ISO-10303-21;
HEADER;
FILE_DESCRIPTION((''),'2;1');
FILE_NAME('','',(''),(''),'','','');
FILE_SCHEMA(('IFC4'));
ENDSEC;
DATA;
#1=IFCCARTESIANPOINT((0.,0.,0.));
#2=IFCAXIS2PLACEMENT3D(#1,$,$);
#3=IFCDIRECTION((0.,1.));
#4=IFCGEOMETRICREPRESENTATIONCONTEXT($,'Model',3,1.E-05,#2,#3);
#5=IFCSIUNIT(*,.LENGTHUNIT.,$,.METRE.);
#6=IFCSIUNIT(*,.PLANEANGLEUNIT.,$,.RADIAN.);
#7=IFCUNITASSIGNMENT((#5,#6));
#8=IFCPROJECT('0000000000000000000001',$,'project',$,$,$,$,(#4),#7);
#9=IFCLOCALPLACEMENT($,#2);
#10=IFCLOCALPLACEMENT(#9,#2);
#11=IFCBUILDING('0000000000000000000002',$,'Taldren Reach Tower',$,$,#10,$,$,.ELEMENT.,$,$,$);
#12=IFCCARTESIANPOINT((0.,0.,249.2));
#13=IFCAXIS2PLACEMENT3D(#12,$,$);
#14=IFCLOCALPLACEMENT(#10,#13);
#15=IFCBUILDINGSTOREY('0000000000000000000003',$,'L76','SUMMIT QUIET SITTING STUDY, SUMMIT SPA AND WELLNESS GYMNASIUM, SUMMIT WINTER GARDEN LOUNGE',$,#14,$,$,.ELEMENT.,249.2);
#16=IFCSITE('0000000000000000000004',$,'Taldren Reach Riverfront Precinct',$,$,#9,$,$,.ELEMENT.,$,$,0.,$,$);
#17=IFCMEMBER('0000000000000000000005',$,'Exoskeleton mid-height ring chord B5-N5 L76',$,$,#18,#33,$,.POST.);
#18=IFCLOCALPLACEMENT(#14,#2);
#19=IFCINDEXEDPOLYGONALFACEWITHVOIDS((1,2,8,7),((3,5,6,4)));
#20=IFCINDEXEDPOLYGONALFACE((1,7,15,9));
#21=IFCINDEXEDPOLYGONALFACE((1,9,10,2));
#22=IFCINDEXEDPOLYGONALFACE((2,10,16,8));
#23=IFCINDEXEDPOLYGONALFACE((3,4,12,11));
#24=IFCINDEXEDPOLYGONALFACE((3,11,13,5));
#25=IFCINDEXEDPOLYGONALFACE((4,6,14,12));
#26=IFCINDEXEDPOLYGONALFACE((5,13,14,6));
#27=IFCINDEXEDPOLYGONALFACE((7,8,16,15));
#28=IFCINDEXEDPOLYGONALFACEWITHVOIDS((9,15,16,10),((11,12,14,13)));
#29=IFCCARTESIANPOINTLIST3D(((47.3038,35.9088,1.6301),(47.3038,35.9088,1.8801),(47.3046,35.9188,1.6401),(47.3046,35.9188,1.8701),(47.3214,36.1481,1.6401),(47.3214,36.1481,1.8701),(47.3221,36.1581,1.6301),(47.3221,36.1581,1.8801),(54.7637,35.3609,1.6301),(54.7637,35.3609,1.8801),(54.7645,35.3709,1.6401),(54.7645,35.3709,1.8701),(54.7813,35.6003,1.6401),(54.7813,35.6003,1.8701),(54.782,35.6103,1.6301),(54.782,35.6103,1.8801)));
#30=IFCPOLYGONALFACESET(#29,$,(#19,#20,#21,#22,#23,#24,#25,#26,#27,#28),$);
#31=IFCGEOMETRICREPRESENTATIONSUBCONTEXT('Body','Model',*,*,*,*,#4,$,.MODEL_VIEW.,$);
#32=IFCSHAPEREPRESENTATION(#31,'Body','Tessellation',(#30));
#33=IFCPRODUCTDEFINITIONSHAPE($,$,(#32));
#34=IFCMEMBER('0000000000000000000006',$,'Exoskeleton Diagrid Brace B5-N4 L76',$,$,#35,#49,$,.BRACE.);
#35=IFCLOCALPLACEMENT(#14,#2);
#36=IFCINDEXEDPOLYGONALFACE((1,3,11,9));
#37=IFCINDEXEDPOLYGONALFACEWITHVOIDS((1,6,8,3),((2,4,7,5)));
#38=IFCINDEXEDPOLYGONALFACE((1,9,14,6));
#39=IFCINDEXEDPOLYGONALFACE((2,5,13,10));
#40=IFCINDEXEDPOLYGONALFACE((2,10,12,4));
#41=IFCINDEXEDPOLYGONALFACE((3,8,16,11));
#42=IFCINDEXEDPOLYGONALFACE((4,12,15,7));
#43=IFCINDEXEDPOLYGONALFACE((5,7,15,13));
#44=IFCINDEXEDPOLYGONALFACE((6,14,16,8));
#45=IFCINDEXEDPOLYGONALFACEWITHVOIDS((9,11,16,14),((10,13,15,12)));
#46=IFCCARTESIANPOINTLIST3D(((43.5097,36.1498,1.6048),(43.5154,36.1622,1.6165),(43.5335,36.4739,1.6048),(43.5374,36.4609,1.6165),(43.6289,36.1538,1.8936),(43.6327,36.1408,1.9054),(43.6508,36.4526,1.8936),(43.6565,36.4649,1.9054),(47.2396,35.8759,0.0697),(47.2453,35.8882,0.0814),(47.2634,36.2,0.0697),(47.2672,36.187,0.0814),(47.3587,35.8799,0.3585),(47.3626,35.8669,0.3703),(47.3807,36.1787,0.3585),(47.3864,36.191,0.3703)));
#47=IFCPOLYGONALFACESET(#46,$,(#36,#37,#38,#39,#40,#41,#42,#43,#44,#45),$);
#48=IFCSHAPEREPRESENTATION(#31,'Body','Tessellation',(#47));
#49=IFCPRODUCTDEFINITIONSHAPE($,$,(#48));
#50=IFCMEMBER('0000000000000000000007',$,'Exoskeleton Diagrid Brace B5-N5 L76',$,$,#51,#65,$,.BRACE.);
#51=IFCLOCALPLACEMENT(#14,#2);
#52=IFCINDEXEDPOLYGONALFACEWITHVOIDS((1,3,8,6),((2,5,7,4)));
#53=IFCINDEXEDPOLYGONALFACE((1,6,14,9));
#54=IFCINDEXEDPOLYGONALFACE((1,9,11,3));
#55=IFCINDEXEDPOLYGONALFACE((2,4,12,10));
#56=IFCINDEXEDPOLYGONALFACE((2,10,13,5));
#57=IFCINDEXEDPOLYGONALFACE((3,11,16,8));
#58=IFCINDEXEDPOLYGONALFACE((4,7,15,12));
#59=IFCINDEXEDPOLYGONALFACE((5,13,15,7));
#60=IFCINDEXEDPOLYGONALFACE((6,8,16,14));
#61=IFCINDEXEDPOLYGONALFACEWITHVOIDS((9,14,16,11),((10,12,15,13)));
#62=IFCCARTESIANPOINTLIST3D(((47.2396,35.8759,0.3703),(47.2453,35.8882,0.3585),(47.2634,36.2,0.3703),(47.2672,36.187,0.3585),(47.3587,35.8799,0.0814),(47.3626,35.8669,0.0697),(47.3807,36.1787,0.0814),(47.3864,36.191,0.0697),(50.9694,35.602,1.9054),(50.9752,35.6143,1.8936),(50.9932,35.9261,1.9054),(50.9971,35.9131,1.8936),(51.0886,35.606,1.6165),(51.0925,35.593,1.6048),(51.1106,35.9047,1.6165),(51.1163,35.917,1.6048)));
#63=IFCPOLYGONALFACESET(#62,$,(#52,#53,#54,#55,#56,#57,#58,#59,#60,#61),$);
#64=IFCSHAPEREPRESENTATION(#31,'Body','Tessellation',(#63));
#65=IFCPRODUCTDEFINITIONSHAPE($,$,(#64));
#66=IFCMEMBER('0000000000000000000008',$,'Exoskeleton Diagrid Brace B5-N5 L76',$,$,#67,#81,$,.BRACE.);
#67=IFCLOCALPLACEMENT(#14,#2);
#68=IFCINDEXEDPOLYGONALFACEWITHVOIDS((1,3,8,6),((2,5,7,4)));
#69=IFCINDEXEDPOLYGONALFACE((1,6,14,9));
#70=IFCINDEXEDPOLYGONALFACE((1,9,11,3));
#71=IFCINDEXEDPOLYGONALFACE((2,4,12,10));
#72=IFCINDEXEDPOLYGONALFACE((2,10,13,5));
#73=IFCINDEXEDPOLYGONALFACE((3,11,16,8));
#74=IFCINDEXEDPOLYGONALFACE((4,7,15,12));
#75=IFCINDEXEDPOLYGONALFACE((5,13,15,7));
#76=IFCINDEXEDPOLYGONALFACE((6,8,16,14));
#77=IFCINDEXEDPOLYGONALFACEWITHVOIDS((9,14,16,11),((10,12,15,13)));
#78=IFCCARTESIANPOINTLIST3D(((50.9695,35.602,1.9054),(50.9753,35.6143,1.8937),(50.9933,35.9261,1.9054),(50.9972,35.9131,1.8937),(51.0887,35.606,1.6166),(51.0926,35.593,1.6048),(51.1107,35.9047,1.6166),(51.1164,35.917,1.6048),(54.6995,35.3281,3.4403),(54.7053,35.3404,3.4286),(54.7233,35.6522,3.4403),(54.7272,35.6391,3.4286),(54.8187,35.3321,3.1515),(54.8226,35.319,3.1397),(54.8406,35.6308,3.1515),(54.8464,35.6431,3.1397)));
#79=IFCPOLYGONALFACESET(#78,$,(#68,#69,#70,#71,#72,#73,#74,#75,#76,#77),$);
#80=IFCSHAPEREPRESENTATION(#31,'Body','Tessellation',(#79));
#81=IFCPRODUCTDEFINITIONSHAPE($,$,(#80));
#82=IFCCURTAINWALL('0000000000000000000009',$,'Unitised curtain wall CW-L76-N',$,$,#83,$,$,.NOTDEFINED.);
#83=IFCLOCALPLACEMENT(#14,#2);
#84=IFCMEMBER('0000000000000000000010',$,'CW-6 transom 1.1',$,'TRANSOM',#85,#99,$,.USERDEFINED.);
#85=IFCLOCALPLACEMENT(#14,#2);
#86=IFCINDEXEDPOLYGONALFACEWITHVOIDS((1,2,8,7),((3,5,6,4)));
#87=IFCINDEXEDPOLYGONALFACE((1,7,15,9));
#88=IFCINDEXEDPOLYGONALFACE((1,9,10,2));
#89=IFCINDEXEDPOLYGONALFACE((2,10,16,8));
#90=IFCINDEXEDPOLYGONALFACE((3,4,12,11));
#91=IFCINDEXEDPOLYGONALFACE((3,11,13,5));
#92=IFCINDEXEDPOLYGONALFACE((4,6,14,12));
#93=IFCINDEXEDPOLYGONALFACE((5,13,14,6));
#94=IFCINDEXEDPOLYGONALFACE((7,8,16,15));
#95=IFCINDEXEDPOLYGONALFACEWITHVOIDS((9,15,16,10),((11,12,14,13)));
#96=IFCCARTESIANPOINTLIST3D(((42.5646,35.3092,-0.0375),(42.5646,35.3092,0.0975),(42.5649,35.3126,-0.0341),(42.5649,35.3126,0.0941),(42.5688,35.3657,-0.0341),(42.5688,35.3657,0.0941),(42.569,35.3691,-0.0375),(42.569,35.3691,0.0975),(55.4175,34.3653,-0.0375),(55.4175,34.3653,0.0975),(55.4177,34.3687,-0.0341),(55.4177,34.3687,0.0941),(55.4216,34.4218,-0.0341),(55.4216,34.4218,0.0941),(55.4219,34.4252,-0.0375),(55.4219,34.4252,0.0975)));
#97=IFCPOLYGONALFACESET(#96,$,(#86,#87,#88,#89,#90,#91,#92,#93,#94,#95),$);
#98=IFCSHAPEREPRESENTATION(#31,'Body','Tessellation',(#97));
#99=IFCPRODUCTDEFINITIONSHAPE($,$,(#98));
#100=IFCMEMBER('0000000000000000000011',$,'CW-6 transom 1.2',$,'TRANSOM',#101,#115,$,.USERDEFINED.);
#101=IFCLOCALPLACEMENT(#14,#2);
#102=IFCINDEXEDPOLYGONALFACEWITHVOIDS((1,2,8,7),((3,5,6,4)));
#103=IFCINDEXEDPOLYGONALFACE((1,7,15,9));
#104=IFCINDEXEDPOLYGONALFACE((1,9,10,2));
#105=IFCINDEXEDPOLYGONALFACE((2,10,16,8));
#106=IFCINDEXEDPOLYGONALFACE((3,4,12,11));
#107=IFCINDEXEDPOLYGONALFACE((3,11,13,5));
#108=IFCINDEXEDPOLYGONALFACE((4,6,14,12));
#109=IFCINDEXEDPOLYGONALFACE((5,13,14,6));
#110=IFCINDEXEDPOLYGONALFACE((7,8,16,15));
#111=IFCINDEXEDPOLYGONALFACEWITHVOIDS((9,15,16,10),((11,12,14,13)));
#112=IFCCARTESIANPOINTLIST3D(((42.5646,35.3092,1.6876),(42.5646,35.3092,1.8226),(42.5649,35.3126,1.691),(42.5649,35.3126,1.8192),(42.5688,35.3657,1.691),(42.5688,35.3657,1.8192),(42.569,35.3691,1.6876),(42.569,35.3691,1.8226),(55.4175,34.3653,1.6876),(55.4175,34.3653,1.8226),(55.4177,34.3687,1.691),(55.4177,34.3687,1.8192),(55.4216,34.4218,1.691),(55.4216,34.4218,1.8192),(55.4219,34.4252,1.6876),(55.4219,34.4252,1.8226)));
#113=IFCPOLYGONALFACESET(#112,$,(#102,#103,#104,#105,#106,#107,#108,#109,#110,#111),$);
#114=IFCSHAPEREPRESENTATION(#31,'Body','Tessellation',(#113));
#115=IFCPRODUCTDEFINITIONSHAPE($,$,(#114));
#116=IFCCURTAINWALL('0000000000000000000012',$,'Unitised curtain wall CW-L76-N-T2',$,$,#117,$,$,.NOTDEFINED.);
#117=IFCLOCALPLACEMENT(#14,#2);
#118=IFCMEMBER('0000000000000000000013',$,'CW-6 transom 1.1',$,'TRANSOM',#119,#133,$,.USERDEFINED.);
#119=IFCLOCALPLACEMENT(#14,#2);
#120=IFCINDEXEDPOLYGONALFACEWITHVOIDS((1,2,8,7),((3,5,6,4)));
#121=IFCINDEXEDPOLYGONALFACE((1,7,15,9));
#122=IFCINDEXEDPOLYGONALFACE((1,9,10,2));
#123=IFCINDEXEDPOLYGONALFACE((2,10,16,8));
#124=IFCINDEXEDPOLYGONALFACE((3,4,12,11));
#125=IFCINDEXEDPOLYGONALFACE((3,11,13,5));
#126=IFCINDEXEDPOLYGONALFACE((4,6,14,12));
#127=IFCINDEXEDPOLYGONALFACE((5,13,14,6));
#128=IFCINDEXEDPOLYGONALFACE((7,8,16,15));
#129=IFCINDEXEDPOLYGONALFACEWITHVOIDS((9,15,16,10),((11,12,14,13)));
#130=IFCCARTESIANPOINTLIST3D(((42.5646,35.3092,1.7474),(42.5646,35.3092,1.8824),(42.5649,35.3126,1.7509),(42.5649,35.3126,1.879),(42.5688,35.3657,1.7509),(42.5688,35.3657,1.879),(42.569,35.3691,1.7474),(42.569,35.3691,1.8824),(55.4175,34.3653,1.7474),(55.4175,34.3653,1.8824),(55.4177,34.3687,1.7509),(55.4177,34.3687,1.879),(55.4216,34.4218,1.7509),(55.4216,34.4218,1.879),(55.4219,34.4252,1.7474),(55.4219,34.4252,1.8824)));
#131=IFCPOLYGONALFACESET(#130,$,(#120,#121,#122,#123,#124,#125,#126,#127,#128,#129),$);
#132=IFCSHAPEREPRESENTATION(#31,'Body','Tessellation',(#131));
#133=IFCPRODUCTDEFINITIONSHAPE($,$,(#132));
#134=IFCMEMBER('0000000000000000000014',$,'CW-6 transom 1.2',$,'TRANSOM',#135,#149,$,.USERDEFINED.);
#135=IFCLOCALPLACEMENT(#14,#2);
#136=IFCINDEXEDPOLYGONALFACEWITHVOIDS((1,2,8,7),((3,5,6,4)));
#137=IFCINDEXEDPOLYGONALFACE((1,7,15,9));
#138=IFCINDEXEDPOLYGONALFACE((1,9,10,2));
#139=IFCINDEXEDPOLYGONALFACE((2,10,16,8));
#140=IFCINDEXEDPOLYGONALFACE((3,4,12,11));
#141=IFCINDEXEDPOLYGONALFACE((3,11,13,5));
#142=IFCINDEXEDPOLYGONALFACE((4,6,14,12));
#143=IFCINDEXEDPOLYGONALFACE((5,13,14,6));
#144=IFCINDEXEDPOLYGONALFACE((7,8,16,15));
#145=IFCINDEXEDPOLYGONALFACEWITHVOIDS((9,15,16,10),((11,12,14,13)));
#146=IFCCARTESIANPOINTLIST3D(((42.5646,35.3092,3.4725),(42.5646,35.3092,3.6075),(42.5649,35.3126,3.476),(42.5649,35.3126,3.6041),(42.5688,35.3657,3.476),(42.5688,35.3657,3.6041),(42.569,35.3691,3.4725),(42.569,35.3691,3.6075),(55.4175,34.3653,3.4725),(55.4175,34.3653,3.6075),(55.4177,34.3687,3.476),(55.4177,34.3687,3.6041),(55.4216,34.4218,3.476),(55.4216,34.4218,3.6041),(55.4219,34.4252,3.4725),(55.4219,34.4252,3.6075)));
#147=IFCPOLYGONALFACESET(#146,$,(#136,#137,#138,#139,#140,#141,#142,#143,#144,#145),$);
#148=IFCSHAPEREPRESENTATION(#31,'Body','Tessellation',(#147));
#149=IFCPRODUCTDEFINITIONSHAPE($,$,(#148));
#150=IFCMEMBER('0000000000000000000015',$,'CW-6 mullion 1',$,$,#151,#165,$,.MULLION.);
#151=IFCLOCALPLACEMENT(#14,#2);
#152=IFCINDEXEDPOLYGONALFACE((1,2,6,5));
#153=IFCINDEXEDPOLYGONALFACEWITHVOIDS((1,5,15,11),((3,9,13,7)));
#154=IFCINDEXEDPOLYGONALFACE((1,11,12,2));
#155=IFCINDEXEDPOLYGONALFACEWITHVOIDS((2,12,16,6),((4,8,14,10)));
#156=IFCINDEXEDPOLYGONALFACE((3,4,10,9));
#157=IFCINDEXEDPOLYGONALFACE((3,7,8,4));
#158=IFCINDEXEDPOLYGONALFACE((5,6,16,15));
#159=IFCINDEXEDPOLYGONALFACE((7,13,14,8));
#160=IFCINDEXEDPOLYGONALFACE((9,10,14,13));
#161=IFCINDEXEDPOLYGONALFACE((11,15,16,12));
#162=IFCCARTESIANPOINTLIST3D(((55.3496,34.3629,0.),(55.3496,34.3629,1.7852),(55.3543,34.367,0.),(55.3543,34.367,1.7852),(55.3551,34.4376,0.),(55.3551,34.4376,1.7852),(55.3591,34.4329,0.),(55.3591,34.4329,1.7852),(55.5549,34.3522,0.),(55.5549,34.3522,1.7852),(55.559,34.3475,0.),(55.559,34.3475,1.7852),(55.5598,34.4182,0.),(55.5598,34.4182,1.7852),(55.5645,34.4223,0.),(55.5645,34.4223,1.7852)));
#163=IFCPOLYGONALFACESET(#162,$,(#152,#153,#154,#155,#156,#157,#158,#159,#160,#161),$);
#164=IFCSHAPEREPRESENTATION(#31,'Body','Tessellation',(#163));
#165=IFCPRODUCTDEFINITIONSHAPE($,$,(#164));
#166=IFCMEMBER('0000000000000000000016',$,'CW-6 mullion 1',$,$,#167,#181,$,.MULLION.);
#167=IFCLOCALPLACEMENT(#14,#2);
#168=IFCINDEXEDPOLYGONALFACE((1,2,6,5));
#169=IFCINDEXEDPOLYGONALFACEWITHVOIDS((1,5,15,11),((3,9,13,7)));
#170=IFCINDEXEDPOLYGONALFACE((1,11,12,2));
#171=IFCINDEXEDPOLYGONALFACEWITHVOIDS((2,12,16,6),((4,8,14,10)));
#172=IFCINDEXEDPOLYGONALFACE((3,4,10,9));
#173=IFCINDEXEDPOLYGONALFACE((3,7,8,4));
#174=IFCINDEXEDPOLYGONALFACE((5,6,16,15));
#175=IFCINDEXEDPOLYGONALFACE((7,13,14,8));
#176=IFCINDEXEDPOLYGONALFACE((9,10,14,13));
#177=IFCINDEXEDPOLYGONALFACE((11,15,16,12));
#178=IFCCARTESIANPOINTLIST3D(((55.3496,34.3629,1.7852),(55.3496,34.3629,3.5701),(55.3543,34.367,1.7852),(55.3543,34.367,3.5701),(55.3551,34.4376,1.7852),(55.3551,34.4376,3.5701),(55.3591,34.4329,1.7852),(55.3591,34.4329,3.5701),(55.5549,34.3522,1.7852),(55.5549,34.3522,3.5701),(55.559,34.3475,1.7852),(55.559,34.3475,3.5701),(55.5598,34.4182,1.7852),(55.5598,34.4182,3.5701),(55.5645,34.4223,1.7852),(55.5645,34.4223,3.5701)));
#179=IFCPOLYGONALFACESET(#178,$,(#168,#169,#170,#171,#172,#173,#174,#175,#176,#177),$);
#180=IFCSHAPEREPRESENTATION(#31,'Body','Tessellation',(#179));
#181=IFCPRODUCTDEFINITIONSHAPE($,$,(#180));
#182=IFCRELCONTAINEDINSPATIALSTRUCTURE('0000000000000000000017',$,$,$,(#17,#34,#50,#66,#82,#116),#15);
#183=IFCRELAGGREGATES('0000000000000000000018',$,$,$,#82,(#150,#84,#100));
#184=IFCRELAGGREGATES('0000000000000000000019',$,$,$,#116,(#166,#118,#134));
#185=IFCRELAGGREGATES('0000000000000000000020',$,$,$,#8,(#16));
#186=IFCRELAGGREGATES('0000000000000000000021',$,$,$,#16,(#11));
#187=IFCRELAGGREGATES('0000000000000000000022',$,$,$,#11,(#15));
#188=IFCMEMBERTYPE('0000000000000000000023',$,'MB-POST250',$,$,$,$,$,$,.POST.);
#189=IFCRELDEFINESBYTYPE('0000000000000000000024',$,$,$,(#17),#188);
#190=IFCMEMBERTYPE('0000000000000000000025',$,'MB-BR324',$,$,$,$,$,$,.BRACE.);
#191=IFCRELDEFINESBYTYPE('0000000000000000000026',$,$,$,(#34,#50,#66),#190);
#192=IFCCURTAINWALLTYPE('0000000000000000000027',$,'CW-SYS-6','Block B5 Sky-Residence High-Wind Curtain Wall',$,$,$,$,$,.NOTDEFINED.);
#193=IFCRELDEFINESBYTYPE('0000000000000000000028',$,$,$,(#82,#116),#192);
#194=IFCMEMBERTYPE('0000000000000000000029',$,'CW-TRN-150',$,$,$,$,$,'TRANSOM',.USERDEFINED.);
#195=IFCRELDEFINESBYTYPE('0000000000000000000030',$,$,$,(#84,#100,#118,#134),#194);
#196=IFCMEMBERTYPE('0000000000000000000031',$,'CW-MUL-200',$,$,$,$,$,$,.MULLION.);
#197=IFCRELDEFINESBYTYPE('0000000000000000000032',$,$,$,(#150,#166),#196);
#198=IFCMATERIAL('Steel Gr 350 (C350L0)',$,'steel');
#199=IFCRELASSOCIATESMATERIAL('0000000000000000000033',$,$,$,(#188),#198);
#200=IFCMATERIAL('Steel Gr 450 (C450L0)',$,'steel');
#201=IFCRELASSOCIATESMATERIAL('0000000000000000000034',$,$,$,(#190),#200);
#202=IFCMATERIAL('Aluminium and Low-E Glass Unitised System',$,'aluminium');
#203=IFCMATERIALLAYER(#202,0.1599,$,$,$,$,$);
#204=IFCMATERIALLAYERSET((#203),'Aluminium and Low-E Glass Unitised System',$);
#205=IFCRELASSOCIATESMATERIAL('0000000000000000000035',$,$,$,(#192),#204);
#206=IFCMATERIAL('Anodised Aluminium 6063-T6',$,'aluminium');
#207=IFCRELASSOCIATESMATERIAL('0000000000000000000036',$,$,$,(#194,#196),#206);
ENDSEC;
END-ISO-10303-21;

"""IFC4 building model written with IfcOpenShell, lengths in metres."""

from ifc_helpers import new_model, si_unit, direction, frame, origin, origin_2d, place, context, subcontext, project, spatial, hollow_rectangle, extrude, source, transform, mapped, material, layer, layer_set, material_profile, profile_set, type_object, element, aggregate, save


model = new_model("IFC4")

# Units and contexts
model_context = context("Model", 3, precision=1e-05, world=origin(), true_north=direction((0.0, 1.0)))
body_context = subcontext(model_context, "Body", "Model", "MODEL_VIEW")
ifc_project = project(units=[si_unit("LENGTHUNIT", "METRE"), si_unit("PLANEANGLEUNIT", "RADIAN")], contexts=[model_context])

# Site, building, storey
site_placement = place(None, origin())
site = spatial("IfcSite", under=ifc_project, at=site_placement, Name="Taldren Reach Riverfront Precinct", CompositionType="ELEMENT", RefElevation=0.0)
building_placement = place(site_placement, origin())
building = spatial("IfcBuilding", under=site, at=building_placement, Name="Taldren Reach Tower", CompositionType="ELEMENT")
storey_placement = place(building_placement, frame((0.0, 0.0, 249.2)))
storey = spatial("IfcBuildingStorey", under=building, at=storey_placement, Name="L76", Description="SUMMIT QUIET SITTING STUDY, SUMMIT SPA AND WELLNESS GYMNASIUM, SUMMIT WINTER GARDEN LOUNGE", CompositionType="ELEMENT", Elevation=249.2)

# Shared definitions
ifc_material_1 = material(Name="Steel Gr 350 (C350L0)", Category="steel")

# Shared definitions
ifc_material_profile_1 = material_profile(ifc_material_1, hollow_rectangle(XDim=0.25, YDim=0.25, WallThickness=0.01, at=origin_2d()), Name="250x250x10.0SHS")
ifc_profile_set_1 = profile_set([ifc_material_profile_1], Name="Steel Gr 350 (C350L0)")
member_type_1 = type_object("IfcMemberType", Name="MB-POST250", PredefinedType="POST", material=ifc_profile_set_1)
ifc_material_2 = material(Name="Steel Gr 450 (C450L0)", Category="steel")

# Members
shared_shape_1 = source(origin(), body_context, "Body", "SweptSolid", [
    extrude(hollow_rectangle(XDim=0.25, YDim=0.25, WallThickness=0.01, at=origin_2d()), origin(), (0.0, 0.0, 1.0), 7.48),
])
member_1_placement = place(storey_placement, frame((47.313, 36.0334, 1.7551), z_axis=(0.997314, -0.073242, 0.0), x_axis=(0.073242, 0.997314, 0.0)))
element("IfcMember", 1, at=member_1_placement, inside=storey, type_object=member_type_1, Name="Exoskeleton mid-height ring chord B5-N5 L76", PredefinedType="POST", context=body_context, shape_type="MappedRepresentation", body=[
    mapped(shared_shape_1, transform((0.0, 0.0, 0.0), scale=1.0)),
])
ifc_material_profile_2 = material_profile(ifc_material_2, hollow_rectangle(XDim=0.325, YDim=0.325, WallThickness=0.0127, at=origin_2d()), Name="325x325x12.7SHS")
ifc_profile_set_2 = profile_set([ifc_material_profile_2], Name="Steel Gr 450 (C450L0)")
member_type_2 = type_object("IfcMemberType", Name="MB-BR324", PredefinedType="BRACE", material=ifc_profile_set_2)
shared_shape_2 = source(origin(), body_context, "Body", "SweptSolid", [
    extrude(hollow_rectangle(XDim=0.325, YDim=0.325, WallThickness=0.0127, at=origin_2d()), origin(), (0.0, 0.0, 1.0), 4.0427),
])
for number, where, z_axis, x_axis, name in (
    (2, (47.313, 36.0334, 0.22), (-0.922616, 0.067756, 0.379723), (-0.073242, -0.997314, 0.0), "Exoskeleton Diagrid Brace B5-N4 L76"),
    (3, (47.313, 36.0334, 0.22), (0.922616, -0.067756, 0.379723), (0.073242, 0.997314, 0.0), "Exoskeleton Diagrid Brace B5-N5 L76"),
    (4, (51.043, 35.7595, 1.7551), (0.922637, -0.067757, 0.379671), (0.073242, 0.997314, 0.0), "Exoskeleton Diagrid Brace B5-N5 L76"),
):
    element("IfcMember", number, at=place(storey_placement, frame(where, z_axis=z_axis, x_axis=x_axis)), inside=storey, type_object=member_type_2, Name=name, PredefinedType="BRACE", context=body_context, shape_type="MappedRepresentation", body=[
        mapped(shared_shape_2, transform((0.0, 0.0, 0.0), scale=1.0)),
    ])

# Curtain walls, members
ifc_material_3 = material(Name="Aluminium and Low-E Glass Unitised System", Category="aluminium")
ifc_layer_1 = layer(ifc_material_3, 0.1599)
ifc_layer_set_1 = layer_set([ifc_layer_1], Name="Aluminium and Low-E Glass Unitised System")
curtain_wall_type = type_object("IfcCurtainWallType", Name="CW-SYS-6", Description="Block B5 Sky-Residence High-Wind Curtain Wall", PredefinedType="NOTDEFINED", material=ifc_layer_set_1)
curtain_wall_1_placement = place(storey_placement, origin())
curtain_wall_1 = element("IfcCurtainWall", 5, at=curtain_wall_1_placement, inside=storey, type_object=curtain_wall_type, Name="Unitised curtain wall CW-L76-N", PredefinedType="NOTDEFINED")
ifc_material_4 = material(Name="Anodised Aluminium 6063-T6", Category="aluminium")
ifc_material_profile_3 = material_profile(ifc_material_4, hollow_rectangle(XDim=0.0601, YDim=0.135, WallThickness=0.0034, at=origin_2d()), Name="ALU-135x60x3.5RHS")
ifc_profile_set_3 = profile_set([ifc_material_profile_3], Name="Anodised Aluminium 6063-T6")
member_type_3 = type_object("IfcMemberType", Name="CW-TRN-150", ElementType="TRANSOM", PredefinedType="USERDEFINED", material=ifc_profile_set_3)
shared_shape_3 = source(origin(), body_context, "Body", "SweptSolid", [
    extrude(hollow_rectangle(XDim=0.0601, YDim=0.135, WallThickness=0.0034, at=origin_2d()), origin(), (0.0, 0.0, 1.0), 12.8875),
])
member_2_placement = place(storey_placement, frame((55.4197, 34.3953, 0.03), z_axis=(-0.997314, 0.073238, 0.0), x_axis=(-0.073238, -0.997314, 0.0)))
member_2 = element("IfcMember", 6, at=member_2_placement, type_object=member_type_3, Name="CW-6 transom 1.1", ObjectType="TRANSOM", PredefinedType="USERDEFINED", context=body_context, shape_type="MappedRepresentation", body=[
    mapped(shared_shape_3, transform((0.0, 0.0, 0.0), scale=1.0)),
])
member_3_placement = place(storey_placement, frame((55.4197, 34.3953, 1.7551), z_axis=(-0.997314, 0.073238, 0.0), x_axis=(-0.073238, -0.997314, 0.0)))
member_3 = element("IfcMember", 7, at=member_3_placement, type_object=member_type_3, Name="CW-6 transom 1.2", ObjectType="TRANSOM", PredefinedType="USERDEFINED", context=body_context, shape_type="MappedRepresentation", body=[
    mapped(shared_shape_3, transform((0.0, 0.0, 0.0), scale=1.0)),
])
curtain_wall_2_placement = place(storey_placement, origin())
curtain_wall_2 = element("IfcCurtainWall", 8, at=curtain_wall_2_placement, inside=storey, type_object=curtain_wall_type, Name="Unitised curtain wall CW-L76-N-T2", PredefinedType="NOTDEFINED")
member_4_placement = place(storey_placement, frame((55.4197, 34.3953, 1.8149), z_axis=(-0.997314, 0.073238, 0.0), x_axis=(-0.073238, -0.997314, 0.0)))
member_4 = element("IfcMember", 9, at=member_4_placement, type_object=member_type_3, Name="CW-6 transom 1.1", ObjectType="TRANSOM", PredefinedType="USERDEFINED", context=body_context, shape_type="MappedRepresentation", body=[
    mapped(shared_shape_3, transform((0.0, 0.0, 0.0), scale=1.0)),
])
member_5_placement = place(storey_placement, frame((55.4197, 34.3953, 3.54), z_axis=(-0.997314, 0.073238, 0.0), x_axis=(-0.073238, -0.997314, 0.0)))
member_5 = element("IfcMember", 10, at=member_5_placement, type_object=member_type_3, Name="CW-6 transom 1.2", ObjectType="TRANSOM", PredefinedType="USERDEFINED", context=body_context, shape_type="MappedRepresentation", body=[
    mapped(shared_shape_3, transform((0.0, 0.0, 0.0), scale=1.0)),
])

# Members
ifc_material_profile_4 = material_profile(ifc_material_4, hollow_rectangle(XDim=0.075, YDim=0.21, WallThickness=0.0044, at=origin_2d()), Name="ALU-210x75x4.5RHS")
ifc_profile_set_4 = profile_set([ifc_material_profile_4], Name="Anodised Aluminium 6063-T6")
member_type_4 = type_object("IfcMemberType", Name="CW-MUL-200", PredefinedType="MULLION", material=ifc_profile_set_4)
shared_shape_4 = source(origin(), body_context, "Body", "SweptSolid", [
    extrude(hollow_rectangle(XDim=0.075, YDim=0.21, WallThickness=0.0044, at=origin_2d()), origin(), (0.0, 0.0, 1.0), 1.7852),
])
member_6_placement = place(storey_placement, frame((55.457, 34.3926, 0.0), z_axis=(0.0, 0.0, 1.0), x_axis=(-0.073238, -0.997314, 0.0)))
member_6 = element("IfcMember", 11, at=member_6_placement, type_object=member_type_4, Name="CW-6 mullion 1", PredefinedType="MULLION", context=body_context, shape_type="MappedRepresentation", body=[
    mapped(shared_shape_4, transform((0.0, 0.0, 0.0), scale=1.0)),
])
shared_shape_5 = source(origin(), body_context, "Body", "SweptSolid", [
    extrude(hollow_rectangle(XDim=0.075, YDim=0.21, WallThickness=0.0044, at=origin_2d()), origin(), (0.0, 0.0, 1.0), 1.7849),
])
member_7_placement = place(storey_placement, frame((55.457, 34.3926, 1.7852), z_axis=(0.0, 0.0, 1.0), x_axis=(-0.073238, -0.997314, 0.0)))
member_7 = element("IfcMember", 12, at=member_7_placement, type_object=member_type_4, Name="CW-6 mullion 1", PredefinedType="MULLION", context=body_context, shape_type="MappedRepresentation", body=[
    mapped(shared_shape_5, transform((0.0, 0.0, 0.0), scale=1.0)),
])

aggregate(curtain_wall_1, [member_6, member_2, member_3])
aggregate(curtain_wall_2, [member_7, member_4, member_5])

save(model, "model.ifc")
